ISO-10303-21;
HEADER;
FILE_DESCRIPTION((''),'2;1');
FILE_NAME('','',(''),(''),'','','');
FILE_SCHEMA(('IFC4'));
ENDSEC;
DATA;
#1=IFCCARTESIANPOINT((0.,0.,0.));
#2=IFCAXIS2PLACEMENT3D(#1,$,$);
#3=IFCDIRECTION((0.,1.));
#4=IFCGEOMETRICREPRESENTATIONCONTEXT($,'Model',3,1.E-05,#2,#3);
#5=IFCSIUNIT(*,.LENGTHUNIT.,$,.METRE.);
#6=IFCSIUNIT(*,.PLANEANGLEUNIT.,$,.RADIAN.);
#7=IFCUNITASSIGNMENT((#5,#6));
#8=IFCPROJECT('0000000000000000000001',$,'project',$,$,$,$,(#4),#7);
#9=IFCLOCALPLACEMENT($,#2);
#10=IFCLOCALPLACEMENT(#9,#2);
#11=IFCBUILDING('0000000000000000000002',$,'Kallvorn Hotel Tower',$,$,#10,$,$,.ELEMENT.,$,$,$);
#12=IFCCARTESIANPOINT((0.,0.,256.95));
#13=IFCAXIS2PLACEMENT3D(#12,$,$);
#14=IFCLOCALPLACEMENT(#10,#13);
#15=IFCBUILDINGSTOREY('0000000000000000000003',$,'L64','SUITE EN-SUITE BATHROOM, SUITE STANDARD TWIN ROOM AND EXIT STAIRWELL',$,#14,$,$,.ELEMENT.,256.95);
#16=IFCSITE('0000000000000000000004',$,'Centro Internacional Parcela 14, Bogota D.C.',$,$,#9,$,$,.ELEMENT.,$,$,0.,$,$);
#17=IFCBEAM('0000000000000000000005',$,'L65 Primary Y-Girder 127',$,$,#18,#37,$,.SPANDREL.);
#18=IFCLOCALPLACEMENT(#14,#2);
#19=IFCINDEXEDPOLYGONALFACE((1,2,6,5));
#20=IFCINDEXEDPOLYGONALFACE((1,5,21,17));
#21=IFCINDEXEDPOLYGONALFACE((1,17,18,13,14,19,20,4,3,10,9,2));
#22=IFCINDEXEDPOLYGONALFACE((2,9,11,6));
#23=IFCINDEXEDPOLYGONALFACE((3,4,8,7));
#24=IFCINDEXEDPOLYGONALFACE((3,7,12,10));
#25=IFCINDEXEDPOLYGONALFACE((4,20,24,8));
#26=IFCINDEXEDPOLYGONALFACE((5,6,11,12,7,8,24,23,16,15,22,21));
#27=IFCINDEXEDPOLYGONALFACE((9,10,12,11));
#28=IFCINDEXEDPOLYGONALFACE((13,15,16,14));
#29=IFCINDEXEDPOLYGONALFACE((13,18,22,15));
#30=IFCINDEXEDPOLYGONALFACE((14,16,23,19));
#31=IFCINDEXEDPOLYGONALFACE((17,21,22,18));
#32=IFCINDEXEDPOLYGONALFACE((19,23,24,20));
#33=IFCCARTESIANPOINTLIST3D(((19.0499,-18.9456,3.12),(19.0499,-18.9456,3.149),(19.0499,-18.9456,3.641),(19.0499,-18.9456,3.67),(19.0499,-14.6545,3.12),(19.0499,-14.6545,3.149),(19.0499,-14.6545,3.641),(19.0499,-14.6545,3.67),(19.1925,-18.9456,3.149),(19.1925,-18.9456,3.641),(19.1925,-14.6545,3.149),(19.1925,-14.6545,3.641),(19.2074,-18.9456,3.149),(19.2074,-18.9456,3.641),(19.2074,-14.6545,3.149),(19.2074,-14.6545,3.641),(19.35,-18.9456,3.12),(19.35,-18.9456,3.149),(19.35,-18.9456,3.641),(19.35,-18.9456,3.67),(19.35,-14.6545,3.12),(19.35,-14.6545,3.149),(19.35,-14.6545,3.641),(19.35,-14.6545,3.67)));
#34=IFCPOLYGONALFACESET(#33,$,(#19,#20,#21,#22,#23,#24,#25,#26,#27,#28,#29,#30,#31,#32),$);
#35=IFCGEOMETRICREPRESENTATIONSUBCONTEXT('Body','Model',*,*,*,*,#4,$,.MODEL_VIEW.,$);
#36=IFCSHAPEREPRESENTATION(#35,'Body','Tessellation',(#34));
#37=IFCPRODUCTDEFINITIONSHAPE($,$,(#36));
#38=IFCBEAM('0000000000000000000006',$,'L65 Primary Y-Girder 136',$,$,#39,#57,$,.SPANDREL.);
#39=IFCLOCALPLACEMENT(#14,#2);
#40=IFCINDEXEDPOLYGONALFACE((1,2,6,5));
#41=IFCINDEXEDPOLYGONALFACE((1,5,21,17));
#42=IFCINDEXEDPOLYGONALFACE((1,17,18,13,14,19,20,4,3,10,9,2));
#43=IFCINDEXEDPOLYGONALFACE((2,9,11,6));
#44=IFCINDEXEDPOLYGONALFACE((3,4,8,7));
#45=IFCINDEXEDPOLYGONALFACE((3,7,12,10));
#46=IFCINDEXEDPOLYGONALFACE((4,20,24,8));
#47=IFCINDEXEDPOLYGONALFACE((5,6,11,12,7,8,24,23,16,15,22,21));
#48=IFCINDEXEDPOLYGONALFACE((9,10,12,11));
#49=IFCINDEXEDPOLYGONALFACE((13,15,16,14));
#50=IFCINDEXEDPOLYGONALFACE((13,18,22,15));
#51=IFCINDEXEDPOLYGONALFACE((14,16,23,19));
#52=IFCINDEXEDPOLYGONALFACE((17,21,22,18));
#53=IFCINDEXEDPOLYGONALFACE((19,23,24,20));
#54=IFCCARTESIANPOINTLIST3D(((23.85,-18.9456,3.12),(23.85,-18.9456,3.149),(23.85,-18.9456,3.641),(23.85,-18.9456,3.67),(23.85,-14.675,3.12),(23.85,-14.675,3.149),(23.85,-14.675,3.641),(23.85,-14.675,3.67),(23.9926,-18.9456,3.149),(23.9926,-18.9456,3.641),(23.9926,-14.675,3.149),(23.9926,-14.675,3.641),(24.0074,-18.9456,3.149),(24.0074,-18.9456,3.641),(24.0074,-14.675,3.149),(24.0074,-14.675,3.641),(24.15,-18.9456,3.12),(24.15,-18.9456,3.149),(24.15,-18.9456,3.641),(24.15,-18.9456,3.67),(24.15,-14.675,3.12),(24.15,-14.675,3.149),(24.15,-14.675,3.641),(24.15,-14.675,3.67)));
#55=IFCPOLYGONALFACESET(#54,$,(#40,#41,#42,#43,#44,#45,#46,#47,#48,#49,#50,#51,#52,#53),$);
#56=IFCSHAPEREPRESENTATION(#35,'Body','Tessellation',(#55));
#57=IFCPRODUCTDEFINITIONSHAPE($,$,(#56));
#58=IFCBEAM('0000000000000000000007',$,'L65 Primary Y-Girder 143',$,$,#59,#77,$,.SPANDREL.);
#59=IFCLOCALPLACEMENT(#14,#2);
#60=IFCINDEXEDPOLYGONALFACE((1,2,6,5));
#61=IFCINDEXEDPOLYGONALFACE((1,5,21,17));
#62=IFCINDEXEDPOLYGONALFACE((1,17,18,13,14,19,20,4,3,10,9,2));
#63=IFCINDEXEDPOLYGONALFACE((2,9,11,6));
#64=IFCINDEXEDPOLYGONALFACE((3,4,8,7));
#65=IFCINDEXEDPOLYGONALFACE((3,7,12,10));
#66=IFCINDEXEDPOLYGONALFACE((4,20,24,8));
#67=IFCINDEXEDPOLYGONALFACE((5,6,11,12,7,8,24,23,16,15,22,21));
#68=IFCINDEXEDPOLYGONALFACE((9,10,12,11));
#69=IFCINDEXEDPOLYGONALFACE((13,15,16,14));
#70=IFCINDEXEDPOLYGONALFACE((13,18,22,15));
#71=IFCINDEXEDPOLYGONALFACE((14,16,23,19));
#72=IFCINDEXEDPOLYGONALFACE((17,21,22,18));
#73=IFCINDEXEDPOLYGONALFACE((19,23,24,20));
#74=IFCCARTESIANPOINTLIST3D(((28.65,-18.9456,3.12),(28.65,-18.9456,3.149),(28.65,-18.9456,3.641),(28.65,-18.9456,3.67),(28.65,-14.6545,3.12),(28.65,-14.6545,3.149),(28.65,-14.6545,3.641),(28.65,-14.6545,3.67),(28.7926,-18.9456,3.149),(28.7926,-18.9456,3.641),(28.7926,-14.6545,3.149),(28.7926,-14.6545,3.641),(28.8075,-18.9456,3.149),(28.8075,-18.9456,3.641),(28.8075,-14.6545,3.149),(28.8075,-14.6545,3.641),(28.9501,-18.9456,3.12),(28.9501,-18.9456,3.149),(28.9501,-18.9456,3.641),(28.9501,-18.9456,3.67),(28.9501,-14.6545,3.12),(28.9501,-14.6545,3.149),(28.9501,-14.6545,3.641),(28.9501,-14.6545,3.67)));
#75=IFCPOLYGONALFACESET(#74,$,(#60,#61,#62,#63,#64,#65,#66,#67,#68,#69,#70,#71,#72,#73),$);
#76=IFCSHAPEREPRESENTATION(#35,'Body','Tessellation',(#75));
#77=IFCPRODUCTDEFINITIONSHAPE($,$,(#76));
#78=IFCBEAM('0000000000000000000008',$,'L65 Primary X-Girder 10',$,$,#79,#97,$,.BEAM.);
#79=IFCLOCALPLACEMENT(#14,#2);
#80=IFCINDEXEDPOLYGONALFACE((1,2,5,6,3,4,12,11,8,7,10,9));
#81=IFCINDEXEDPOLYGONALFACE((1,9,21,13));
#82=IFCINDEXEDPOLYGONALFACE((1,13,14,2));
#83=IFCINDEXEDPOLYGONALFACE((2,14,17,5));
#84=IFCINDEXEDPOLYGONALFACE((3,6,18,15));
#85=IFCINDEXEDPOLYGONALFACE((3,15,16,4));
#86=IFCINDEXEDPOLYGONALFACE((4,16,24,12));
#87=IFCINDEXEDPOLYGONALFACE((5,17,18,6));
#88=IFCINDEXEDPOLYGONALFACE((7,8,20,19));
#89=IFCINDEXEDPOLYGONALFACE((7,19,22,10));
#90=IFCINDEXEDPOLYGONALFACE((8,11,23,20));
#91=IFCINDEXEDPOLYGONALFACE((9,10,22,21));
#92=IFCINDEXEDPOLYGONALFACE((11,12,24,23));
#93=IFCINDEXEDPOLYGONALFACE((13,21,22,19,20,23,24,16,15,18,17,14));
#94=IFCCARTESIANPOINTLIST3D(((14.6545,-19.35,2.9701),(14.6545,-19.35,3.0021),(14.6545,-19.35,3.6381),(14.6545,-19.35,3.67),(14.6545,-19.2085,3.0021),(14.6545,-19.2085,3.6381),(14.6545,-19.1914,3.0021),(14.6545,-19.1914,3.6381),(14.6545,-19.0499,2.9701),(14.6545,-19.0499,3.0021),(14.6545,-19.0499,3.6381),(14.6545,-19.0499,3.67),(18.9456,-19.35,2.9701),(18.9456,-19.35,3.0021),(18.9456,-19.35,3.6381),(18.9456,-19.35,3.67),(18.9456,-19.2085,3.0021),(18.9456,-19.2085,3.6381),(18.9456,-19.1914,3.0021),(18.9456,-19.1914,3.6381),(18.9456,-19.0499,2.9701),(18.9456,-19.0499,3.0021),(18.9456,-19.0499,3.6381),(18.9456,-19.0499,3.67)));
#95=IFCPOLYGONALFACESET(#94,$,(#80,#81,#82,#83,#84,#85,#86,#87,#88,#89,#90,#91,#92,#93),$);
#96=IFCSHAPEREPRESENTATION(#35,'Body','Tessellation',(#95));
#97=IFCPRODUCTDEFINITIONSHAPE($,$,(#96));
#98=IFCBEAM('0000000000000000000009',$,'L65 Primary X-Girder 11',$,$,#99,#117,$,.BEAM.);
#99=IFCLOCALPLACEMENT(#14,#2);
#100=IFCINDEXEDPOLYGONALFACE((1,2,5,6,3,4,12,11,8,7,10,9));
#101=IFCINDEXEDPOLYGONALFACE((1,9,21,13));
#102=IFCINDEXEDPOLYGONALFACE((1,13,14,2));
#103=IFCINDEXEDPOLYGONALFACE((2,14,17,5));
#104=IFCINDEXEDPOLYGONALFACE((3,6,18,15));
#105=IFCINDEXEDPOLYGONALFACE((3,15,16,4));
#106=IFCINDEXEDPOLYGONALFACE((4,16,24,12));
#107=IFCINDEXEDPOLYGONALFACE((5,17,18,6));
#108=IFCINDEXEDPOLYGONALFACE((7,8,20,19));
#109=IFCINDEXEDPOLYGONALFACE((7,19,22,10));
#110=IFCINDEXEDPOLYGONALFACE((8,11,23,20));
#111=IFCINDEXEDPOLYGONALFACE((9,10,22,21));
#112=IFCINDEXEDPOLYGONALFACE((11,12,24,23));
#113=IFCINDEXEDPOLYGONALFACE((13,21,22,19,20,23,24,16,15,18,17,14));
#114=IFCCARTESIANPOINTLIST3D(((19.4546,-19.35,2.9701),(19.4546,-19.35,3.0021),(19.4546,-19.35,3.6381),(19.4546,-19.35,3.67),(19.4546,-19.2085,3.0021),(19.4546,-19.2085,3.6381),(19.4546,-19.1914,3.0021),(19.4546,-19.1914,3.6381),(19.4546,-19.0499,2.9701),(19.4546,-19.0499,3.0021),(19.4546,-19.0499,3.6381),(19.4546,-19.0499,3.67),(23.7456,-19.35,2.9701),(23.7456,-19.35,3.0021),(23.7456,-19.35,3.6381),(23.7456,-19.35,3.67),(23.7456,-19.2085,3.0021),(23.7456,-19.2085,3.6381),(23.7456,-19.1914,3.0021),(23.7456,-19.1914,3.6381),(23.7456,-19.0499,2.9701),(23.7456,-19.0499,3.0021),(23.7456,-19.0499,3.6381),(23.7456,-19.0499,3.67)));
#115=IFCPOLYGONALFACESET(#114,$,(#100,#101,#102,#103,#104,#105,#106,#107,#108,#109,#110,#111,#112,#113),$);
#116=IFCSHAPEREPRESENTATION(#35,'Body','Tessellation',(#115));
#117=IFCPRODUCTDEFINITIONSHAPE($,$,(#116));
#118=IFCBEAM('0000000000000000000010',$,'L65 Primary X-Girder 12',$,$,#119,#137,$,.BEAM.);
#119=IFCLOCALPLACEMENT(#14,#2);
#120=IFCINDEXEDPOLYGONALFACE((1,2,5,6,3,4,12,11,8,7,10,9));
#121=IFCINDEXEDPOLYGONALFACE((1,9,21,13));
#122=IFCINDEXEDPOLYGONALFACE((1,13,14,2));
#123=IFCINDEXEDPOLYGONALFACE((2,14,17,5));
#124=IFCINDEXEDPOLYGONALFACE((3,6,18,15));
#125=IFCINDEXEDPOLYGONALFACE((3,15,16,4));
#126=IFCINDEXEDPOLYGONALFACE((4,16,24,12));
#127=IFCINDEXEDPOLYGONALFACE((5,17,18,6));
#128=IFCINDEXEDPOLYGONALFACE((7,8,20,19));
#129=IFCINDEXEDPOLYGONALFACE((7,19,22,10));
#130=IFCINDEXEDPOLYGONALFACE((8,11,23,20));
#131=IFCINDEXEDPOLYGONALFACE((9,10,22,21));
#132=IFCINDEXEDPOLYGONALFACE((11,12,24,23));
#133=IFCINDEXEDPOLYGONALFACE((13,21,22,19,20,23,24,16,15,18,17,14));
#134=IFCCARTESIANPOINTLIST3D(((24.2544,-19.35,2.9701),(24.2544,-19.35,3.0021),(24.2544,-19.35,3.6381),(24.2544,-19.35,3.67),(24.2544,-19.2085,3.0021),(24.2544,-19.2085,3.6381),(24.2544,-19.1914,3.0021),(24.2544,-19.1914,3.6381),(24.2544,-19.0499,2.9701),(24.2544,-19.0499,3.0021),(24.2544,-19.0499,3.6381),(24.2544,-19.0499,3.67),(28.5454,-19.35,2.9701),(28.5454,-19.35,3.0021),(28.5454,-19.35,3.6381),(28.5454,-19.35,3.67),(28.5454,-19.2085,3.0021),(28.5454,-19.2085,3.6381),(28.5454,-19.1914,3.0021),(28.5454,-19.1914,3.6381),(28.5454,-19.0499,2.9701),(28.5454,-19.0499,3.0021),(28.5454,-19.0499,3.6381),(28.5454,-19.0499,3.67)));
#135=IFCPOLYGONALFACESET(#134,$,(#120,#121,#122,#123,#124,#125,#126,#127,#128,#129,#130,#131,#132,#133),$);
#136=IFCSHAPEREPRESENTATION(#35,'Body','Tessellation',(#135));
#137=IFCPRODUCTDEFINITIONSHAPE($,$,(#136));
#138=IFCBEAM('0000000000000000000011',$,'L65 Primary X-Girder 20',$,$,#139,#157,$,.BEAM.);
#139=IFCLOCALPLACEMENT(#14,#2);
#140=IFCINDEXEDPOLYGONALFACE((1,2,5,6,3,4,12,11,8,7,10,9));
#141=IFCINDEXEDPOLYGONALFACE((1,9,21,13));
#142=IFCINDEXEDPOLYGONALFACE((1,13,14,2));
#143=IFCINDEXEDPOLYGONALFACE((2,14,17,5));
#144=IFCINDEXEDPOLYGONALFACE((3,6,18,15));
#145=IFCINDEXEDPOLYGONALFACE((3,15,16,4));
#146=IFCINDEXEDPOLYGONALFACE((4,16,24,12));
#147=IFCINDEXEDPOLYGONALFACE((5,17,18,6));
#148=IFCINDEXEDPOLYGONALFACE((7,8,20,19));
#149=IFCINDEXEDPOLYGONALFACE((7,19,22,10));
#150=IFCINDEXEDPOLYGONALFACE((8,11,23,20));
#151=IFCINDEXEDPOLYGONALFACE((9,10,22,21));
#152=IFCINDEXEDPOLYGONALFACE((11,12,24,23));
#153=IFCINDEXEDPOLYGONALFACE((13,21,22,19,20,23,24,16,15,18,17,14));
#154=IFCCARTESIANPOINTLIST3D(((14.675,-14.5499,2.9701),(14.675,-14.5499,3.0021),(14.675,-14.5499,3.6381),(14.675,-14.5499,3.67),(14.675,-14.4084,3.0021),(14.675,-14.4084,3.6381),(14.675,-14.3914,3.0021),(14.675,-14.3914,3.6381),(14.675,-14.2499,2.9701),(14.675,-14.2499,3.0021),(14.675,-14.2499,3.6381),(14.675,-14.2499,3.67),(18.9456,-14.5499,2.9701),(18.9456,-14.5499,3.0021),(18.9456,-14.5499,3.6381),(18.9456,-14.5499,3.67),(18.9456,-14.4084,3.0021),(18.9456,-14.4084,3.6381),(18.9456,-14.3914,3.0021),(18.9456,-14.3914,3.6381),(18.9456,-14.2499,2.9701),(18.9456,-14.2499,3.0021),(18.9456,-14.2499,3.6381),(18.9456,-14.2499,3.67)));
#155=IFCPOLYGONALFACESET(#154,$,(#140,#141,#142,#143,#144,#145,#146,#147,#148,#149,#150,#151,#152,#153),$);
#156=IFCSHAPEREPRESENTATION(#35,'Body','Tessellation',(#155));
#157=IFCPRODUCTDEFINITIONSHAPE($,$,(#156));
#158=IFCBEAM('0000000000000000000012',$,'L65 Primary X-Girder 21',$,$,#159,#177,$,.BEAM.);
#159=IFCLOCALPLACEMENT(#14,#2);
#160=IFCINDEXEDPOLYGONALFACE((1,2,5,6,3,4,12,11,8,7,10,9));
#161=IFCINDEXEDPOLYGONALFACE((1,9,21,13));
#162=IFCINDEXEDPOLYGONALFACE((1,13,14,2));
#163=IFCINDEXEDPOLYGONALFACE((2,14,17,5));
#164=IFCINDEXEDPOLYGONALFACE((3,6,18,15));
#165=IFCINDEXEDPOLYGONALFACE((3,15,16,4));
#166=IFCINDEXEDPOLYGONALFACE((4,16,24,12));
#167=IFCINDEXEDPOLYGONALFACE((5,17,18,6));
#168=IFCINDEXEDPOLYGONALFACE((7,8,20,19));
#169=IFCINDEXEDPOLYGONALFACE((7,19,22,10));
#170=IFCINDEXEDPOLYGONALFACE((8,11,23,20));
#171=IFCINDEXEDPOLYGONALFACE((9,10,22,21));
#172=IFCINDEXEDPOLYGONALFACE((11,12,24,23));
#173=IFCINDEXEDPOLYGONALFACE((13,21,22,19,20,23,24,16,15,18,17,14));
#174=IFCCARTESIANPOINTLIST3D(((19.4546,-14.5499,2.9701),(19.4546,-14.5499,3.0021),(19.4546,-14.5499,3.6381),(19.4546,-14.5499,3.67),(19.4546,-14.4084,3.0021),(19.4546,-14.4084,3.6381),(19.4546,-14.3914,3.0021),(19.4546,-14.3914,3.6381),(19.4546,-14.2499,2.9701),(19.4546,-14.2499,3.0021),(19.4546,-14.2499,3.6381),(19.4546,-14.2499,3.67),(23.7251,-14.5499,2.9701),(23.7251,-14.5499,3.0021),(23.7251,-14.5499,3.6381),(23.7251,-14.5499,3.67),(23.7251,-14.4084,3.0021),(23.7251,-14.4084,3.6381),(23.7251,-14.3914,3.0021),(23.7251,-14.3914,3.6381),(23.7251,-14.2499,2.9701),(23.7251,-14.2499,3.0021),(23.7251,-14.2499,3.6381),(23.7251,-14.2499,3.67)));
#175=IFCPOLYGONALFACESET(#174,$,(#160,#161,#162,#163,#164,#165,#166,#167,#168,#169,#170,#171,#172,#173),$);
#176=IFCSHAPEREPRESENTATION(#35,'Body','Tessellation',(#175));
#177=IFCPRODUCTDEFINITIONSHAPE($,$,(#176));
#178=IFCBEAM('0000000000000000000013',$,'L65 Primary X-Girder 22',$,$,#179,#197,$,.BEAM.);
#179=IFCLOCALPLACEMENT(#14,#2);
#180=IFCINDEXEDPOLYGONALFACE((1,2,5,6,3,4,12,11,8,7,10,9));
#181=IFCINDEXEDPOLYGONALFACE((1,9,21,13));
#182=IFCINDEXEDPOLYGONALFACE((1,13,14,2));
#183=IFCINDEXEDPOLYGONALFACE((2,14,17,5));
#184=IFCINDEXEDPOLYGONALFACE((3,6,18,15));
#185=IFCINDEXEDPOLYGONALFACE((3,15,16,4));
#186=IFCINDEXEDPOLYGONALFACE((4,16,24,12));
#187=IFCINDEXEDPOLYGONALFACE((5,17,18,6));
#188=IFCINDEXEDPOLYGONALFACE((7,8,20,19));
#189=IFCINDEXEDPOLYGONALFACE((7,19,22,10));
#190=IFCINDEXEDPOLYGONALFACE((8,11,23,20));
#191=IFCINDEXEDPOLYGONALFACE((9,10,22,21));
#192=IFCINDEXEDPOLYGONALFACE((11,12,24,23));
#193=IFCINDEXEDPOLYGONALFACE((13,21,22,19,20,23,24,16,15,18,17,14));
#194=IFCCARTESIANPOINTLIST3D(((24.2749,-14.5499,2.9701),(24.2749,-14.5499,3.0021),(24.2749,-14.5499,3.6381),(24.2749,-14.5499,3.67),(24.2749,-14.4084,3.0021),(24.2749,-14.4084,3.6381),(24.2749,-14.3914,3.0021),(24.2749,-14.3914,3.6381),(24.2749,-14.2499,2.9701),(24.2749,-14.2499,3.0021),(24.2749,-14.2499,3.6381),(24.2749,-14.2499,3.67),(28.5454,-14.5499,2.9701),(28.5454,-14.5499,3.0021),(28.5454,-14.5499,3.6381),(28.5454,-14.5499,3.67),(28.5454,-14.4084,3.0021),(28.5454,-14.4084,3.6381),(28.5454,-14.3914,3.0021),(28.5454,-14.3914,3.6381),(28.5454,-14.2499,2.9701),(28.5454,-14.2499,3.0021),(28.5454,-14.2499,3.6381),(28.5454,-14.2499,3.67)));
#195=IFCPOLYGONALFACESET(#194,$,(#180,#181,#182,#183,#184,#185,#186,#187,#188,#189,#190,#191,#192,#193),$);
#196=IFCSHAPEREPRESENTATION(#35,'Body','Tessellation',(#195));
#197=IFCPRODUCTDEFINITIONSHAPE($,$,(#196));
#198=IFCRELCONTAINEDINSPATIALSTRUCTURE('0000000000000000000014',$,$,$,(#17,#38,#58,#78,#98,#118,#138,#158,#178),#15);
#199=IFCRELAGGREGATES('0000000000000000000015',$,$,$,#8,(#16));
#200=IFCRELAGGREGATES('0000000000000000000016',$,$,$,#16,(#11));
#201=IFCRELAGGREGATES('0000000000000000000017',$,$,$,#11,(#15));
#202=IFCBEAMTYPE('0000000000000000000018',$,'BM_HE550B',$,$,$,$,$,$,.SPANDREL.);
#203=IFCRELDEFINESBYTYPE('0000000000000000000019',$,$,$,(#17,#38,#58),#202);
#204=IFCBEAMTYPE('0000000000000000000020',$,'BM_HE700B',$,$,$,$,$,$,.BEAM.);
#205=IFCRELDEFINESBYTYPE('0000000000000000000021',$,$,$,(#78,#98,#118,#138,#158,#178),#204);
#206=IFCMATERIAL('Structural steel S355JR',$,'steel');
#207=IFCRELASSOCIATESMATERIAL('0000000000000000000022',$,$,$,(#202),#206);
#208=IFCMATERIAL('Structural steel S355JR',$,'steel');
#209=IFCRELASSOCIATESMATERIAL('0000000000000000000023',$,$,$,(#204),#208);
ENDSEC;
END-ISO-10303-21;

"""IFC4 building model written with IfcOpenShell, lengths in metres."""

from ifc_helpers import new_model, si_unit, direction, frame, origin, origin_2d, place, context, subcontext, project, spatial, i_section, extrude, material, material_profile, profile_set, type_object, element, save


model = new_model("IFC4")

# Units and contexts
model_context = context("Model", 3, precision=1e-05, world=origin(), true_north=direction((0.0, 1.0)))
body_context = subcontext(model_context, "Body", "Model", "MODEL_VIEW")
ifc_project = project(units=[si_unit("LENGTHUNIT", "METRE"), si_unit("PLANEANGLEUNIT", "RADIAN")], contexts=[model_context])

# Site, building, storey
site_placement = place(None, origin())
site = spatial("IfcSite", under=ifc_project, at=site_placement, Name="Centro Internacional Parcela 14, Bogota D.C.", CompositionType="ELEMENT", RefElevation=0.0)
building_placement = place(site_placement, origin())
building = spatial("IfcBuilding", under=site, at=building_placement, Name="Kallvorn Hotel Tower", CompositionType="ELEMENT")
storey_placement = place(building_placement, frame((0.0, 0.0, 256.95)))
storey = spatial("IfcBuildingStorey", under=building, at=storey_placement, Name="L64", Description="SUITE EN-SUITE BATHROOM, SUITE STANDARD TWIN ROOM AND EXIT STAIRWELL", CompositionType="ELEMENT", Elevation=256.95)

# Beams
ifc_material_1 = material(Name="Structural steel S355JR", Category="steel")
ifc_material_profile_1 = material_profile(ifc_material_1, i_section(OverallWidth=0.3, OverallDepth=0.55, WebThickness=0.0149, FlangeThickness=0.0291, at=origin_2d()), Name="HE 550 B")
ifc_profile_set_1 = profile_set([ifc_material_profile_1], Name="Structural steel S355JR")
beam_type_1 = type_object("IfcBeamType", Name="BM_HE550B", PredefinedType="SPANDREL", material=ifc_profile_set_1)
beam_1_placement = place(storey_placement, frame((19.2, -18.9456, 3.395), z_axis=(0.0, 1.0, 0.0), x_axis=(-1.0, 0.0, 0.0)))
element("IfcBeam", 1, at=beam_1_placement, inside=storey, type_object=beam_type_1, Name="L65 Primary Y-Girder 127", PredefinedType="SPANDREL", context=body_context, shape_type="SweptSolid", body=[
    extrude(i_section(OverallWidth=0.3, OverallDepth=0.55, WebThickness=0.0149, FlangeThickness=0.0291, at=origin_2d()), origin(), (0.0, 0.0, 1.0), 4.291),
])
beam_2_placement = place(storey_placement, frame((24.0, -18.9456, 3.395), z_axis=(0.0, 1.0, 0.0), x_axis=(-1.0, 0.0, 0.0)))
element("IfcBeam", 2, at=beam_2_placement, inside=storey, type_object=beam_type_1, Name="L65 Primary Y-Girder 136", PredefinedType="SPANDREL", context=body_context, shape_type="SweptSolid", body=[
    extrude(i_section(OverallWidth=0.3, OverallDepth=0.55, WebThickness=0.0149, FlangeThickness=0.0291, at=origin_2d()), origin(), (0.0, 0.0, 1.0), 4.2705),
])
beam_3_placement = place(storey_placement, frame((28.8, -18.9456, 3.395), z_axis=(0.0, 1.0, 0.0), x_axis=(-1.0, 0.0, 0.0)))
element("IfcBeam", 3, at=beam_3_placement, inside=storey, type_object=beam_type_1, Name="L65 Primary Y-Girder 143", PredefinedType="SPANDREL", context=body_context, shape_type="SweptSolid", body=[
    extrude(i_section(OverallWidth=0.3, OverallDepth=0.55, WebThickness=0.0149, FlangeThickness=0.0291, at=origin_2d()), origin(), (0.0, 0.0, 1.0), 4.291),
])
ifc_material_2 = material(Name="Structural steel S355JR", Category="steel")
ifc_material_profile_2 = material_profile(ifc_material_2, i_section(OverallWidth=0.3, OverallDepth=0.7, WebThickness=0.0171, FlangeThickness=0.032, at=origin_2d()), Name="HE 700 B")
ifc_profile_set_2 = profile_set([ifc_material_profile_2], Name="Structural steel S355JR")
beam_type_2 = type_object("IfcBeamType", Name="BM_HE700B", PredefinedType="BEAM", material=ifc_profile_set_2)
for number, where, z_axis, x_axis, name in (
    (4, (14.6545, -19.2, 3.3201), (1.0, 0.0, 0.0), (0.0, 1.0, 0.0), "L65 Primary X-Girder 10"),
    (5, (19.4546, -19.2, 3.3201), (1.0, 0.0, 0.0), (0.0, 1.0, 0.0), "L65 Primary X-Girder 11"),
    (6, (24.2544, -19.2, 3.3201), (1.0, 0.0, 0.0), (0.0, 1.0, 0.0), "L65 Primary X-Girder 12"),
):
    element("IfcBeam", number, at=place(storey_placement, frame(where, z_axis=z_axis, x_axis=x_axis)), inside=storey, type_object=beam_type_2, Name=name, PredefinedType="BEAM", context=body_context, shape_type="SweptSolid", body=[
        extrude(i_section(OverallWidth=0.3, OverallDepth=0.7, WebThickness=0.0171, FlangeThickness=0.032, at=origin_2d()), origin(), (0.0, 0.0, 1.0), 4.291),
    ])
for number, where, z_axis, x_axis, name in (
    (7, (14.675, -14.3999, 3.3201), (1.0, 0.0, 0.0), (0.0, 1.0, 0.0), "L65 Primary X-Girder 20"),
    (8, (19.4546, -14.3999, 3.3201), (1.0, 0.0, 0.0), (0.0, 1.0, 0.0), "L65 Primary X-Girder 21"),
    (9, (24.2749, -14.3999, 3.3201), (1.0, 0.0, 0.0), (0.0, 1.0, 0.0), "L65 Primary X-Girder 22"),
):
    element("IfcBeam", number, at=place(storey_placement, frame(where, z_axis=z_axis, x_axis=x_axis)), inside=storey, type_object=beam_type_2, Name=name, PredefinedType="BEAM", context=body_context, shape_type="SweptSolid", body=[
        extrude(i_section(OverallWidth=0.3, OverallDepth=0.7, WebThickness=0.0171, FlangeThickness=0.032, at=origin_2d()), origin(), (0.0, 0.0, 1.0), 4.2705),
    ])

save(model, "model.ifc")
